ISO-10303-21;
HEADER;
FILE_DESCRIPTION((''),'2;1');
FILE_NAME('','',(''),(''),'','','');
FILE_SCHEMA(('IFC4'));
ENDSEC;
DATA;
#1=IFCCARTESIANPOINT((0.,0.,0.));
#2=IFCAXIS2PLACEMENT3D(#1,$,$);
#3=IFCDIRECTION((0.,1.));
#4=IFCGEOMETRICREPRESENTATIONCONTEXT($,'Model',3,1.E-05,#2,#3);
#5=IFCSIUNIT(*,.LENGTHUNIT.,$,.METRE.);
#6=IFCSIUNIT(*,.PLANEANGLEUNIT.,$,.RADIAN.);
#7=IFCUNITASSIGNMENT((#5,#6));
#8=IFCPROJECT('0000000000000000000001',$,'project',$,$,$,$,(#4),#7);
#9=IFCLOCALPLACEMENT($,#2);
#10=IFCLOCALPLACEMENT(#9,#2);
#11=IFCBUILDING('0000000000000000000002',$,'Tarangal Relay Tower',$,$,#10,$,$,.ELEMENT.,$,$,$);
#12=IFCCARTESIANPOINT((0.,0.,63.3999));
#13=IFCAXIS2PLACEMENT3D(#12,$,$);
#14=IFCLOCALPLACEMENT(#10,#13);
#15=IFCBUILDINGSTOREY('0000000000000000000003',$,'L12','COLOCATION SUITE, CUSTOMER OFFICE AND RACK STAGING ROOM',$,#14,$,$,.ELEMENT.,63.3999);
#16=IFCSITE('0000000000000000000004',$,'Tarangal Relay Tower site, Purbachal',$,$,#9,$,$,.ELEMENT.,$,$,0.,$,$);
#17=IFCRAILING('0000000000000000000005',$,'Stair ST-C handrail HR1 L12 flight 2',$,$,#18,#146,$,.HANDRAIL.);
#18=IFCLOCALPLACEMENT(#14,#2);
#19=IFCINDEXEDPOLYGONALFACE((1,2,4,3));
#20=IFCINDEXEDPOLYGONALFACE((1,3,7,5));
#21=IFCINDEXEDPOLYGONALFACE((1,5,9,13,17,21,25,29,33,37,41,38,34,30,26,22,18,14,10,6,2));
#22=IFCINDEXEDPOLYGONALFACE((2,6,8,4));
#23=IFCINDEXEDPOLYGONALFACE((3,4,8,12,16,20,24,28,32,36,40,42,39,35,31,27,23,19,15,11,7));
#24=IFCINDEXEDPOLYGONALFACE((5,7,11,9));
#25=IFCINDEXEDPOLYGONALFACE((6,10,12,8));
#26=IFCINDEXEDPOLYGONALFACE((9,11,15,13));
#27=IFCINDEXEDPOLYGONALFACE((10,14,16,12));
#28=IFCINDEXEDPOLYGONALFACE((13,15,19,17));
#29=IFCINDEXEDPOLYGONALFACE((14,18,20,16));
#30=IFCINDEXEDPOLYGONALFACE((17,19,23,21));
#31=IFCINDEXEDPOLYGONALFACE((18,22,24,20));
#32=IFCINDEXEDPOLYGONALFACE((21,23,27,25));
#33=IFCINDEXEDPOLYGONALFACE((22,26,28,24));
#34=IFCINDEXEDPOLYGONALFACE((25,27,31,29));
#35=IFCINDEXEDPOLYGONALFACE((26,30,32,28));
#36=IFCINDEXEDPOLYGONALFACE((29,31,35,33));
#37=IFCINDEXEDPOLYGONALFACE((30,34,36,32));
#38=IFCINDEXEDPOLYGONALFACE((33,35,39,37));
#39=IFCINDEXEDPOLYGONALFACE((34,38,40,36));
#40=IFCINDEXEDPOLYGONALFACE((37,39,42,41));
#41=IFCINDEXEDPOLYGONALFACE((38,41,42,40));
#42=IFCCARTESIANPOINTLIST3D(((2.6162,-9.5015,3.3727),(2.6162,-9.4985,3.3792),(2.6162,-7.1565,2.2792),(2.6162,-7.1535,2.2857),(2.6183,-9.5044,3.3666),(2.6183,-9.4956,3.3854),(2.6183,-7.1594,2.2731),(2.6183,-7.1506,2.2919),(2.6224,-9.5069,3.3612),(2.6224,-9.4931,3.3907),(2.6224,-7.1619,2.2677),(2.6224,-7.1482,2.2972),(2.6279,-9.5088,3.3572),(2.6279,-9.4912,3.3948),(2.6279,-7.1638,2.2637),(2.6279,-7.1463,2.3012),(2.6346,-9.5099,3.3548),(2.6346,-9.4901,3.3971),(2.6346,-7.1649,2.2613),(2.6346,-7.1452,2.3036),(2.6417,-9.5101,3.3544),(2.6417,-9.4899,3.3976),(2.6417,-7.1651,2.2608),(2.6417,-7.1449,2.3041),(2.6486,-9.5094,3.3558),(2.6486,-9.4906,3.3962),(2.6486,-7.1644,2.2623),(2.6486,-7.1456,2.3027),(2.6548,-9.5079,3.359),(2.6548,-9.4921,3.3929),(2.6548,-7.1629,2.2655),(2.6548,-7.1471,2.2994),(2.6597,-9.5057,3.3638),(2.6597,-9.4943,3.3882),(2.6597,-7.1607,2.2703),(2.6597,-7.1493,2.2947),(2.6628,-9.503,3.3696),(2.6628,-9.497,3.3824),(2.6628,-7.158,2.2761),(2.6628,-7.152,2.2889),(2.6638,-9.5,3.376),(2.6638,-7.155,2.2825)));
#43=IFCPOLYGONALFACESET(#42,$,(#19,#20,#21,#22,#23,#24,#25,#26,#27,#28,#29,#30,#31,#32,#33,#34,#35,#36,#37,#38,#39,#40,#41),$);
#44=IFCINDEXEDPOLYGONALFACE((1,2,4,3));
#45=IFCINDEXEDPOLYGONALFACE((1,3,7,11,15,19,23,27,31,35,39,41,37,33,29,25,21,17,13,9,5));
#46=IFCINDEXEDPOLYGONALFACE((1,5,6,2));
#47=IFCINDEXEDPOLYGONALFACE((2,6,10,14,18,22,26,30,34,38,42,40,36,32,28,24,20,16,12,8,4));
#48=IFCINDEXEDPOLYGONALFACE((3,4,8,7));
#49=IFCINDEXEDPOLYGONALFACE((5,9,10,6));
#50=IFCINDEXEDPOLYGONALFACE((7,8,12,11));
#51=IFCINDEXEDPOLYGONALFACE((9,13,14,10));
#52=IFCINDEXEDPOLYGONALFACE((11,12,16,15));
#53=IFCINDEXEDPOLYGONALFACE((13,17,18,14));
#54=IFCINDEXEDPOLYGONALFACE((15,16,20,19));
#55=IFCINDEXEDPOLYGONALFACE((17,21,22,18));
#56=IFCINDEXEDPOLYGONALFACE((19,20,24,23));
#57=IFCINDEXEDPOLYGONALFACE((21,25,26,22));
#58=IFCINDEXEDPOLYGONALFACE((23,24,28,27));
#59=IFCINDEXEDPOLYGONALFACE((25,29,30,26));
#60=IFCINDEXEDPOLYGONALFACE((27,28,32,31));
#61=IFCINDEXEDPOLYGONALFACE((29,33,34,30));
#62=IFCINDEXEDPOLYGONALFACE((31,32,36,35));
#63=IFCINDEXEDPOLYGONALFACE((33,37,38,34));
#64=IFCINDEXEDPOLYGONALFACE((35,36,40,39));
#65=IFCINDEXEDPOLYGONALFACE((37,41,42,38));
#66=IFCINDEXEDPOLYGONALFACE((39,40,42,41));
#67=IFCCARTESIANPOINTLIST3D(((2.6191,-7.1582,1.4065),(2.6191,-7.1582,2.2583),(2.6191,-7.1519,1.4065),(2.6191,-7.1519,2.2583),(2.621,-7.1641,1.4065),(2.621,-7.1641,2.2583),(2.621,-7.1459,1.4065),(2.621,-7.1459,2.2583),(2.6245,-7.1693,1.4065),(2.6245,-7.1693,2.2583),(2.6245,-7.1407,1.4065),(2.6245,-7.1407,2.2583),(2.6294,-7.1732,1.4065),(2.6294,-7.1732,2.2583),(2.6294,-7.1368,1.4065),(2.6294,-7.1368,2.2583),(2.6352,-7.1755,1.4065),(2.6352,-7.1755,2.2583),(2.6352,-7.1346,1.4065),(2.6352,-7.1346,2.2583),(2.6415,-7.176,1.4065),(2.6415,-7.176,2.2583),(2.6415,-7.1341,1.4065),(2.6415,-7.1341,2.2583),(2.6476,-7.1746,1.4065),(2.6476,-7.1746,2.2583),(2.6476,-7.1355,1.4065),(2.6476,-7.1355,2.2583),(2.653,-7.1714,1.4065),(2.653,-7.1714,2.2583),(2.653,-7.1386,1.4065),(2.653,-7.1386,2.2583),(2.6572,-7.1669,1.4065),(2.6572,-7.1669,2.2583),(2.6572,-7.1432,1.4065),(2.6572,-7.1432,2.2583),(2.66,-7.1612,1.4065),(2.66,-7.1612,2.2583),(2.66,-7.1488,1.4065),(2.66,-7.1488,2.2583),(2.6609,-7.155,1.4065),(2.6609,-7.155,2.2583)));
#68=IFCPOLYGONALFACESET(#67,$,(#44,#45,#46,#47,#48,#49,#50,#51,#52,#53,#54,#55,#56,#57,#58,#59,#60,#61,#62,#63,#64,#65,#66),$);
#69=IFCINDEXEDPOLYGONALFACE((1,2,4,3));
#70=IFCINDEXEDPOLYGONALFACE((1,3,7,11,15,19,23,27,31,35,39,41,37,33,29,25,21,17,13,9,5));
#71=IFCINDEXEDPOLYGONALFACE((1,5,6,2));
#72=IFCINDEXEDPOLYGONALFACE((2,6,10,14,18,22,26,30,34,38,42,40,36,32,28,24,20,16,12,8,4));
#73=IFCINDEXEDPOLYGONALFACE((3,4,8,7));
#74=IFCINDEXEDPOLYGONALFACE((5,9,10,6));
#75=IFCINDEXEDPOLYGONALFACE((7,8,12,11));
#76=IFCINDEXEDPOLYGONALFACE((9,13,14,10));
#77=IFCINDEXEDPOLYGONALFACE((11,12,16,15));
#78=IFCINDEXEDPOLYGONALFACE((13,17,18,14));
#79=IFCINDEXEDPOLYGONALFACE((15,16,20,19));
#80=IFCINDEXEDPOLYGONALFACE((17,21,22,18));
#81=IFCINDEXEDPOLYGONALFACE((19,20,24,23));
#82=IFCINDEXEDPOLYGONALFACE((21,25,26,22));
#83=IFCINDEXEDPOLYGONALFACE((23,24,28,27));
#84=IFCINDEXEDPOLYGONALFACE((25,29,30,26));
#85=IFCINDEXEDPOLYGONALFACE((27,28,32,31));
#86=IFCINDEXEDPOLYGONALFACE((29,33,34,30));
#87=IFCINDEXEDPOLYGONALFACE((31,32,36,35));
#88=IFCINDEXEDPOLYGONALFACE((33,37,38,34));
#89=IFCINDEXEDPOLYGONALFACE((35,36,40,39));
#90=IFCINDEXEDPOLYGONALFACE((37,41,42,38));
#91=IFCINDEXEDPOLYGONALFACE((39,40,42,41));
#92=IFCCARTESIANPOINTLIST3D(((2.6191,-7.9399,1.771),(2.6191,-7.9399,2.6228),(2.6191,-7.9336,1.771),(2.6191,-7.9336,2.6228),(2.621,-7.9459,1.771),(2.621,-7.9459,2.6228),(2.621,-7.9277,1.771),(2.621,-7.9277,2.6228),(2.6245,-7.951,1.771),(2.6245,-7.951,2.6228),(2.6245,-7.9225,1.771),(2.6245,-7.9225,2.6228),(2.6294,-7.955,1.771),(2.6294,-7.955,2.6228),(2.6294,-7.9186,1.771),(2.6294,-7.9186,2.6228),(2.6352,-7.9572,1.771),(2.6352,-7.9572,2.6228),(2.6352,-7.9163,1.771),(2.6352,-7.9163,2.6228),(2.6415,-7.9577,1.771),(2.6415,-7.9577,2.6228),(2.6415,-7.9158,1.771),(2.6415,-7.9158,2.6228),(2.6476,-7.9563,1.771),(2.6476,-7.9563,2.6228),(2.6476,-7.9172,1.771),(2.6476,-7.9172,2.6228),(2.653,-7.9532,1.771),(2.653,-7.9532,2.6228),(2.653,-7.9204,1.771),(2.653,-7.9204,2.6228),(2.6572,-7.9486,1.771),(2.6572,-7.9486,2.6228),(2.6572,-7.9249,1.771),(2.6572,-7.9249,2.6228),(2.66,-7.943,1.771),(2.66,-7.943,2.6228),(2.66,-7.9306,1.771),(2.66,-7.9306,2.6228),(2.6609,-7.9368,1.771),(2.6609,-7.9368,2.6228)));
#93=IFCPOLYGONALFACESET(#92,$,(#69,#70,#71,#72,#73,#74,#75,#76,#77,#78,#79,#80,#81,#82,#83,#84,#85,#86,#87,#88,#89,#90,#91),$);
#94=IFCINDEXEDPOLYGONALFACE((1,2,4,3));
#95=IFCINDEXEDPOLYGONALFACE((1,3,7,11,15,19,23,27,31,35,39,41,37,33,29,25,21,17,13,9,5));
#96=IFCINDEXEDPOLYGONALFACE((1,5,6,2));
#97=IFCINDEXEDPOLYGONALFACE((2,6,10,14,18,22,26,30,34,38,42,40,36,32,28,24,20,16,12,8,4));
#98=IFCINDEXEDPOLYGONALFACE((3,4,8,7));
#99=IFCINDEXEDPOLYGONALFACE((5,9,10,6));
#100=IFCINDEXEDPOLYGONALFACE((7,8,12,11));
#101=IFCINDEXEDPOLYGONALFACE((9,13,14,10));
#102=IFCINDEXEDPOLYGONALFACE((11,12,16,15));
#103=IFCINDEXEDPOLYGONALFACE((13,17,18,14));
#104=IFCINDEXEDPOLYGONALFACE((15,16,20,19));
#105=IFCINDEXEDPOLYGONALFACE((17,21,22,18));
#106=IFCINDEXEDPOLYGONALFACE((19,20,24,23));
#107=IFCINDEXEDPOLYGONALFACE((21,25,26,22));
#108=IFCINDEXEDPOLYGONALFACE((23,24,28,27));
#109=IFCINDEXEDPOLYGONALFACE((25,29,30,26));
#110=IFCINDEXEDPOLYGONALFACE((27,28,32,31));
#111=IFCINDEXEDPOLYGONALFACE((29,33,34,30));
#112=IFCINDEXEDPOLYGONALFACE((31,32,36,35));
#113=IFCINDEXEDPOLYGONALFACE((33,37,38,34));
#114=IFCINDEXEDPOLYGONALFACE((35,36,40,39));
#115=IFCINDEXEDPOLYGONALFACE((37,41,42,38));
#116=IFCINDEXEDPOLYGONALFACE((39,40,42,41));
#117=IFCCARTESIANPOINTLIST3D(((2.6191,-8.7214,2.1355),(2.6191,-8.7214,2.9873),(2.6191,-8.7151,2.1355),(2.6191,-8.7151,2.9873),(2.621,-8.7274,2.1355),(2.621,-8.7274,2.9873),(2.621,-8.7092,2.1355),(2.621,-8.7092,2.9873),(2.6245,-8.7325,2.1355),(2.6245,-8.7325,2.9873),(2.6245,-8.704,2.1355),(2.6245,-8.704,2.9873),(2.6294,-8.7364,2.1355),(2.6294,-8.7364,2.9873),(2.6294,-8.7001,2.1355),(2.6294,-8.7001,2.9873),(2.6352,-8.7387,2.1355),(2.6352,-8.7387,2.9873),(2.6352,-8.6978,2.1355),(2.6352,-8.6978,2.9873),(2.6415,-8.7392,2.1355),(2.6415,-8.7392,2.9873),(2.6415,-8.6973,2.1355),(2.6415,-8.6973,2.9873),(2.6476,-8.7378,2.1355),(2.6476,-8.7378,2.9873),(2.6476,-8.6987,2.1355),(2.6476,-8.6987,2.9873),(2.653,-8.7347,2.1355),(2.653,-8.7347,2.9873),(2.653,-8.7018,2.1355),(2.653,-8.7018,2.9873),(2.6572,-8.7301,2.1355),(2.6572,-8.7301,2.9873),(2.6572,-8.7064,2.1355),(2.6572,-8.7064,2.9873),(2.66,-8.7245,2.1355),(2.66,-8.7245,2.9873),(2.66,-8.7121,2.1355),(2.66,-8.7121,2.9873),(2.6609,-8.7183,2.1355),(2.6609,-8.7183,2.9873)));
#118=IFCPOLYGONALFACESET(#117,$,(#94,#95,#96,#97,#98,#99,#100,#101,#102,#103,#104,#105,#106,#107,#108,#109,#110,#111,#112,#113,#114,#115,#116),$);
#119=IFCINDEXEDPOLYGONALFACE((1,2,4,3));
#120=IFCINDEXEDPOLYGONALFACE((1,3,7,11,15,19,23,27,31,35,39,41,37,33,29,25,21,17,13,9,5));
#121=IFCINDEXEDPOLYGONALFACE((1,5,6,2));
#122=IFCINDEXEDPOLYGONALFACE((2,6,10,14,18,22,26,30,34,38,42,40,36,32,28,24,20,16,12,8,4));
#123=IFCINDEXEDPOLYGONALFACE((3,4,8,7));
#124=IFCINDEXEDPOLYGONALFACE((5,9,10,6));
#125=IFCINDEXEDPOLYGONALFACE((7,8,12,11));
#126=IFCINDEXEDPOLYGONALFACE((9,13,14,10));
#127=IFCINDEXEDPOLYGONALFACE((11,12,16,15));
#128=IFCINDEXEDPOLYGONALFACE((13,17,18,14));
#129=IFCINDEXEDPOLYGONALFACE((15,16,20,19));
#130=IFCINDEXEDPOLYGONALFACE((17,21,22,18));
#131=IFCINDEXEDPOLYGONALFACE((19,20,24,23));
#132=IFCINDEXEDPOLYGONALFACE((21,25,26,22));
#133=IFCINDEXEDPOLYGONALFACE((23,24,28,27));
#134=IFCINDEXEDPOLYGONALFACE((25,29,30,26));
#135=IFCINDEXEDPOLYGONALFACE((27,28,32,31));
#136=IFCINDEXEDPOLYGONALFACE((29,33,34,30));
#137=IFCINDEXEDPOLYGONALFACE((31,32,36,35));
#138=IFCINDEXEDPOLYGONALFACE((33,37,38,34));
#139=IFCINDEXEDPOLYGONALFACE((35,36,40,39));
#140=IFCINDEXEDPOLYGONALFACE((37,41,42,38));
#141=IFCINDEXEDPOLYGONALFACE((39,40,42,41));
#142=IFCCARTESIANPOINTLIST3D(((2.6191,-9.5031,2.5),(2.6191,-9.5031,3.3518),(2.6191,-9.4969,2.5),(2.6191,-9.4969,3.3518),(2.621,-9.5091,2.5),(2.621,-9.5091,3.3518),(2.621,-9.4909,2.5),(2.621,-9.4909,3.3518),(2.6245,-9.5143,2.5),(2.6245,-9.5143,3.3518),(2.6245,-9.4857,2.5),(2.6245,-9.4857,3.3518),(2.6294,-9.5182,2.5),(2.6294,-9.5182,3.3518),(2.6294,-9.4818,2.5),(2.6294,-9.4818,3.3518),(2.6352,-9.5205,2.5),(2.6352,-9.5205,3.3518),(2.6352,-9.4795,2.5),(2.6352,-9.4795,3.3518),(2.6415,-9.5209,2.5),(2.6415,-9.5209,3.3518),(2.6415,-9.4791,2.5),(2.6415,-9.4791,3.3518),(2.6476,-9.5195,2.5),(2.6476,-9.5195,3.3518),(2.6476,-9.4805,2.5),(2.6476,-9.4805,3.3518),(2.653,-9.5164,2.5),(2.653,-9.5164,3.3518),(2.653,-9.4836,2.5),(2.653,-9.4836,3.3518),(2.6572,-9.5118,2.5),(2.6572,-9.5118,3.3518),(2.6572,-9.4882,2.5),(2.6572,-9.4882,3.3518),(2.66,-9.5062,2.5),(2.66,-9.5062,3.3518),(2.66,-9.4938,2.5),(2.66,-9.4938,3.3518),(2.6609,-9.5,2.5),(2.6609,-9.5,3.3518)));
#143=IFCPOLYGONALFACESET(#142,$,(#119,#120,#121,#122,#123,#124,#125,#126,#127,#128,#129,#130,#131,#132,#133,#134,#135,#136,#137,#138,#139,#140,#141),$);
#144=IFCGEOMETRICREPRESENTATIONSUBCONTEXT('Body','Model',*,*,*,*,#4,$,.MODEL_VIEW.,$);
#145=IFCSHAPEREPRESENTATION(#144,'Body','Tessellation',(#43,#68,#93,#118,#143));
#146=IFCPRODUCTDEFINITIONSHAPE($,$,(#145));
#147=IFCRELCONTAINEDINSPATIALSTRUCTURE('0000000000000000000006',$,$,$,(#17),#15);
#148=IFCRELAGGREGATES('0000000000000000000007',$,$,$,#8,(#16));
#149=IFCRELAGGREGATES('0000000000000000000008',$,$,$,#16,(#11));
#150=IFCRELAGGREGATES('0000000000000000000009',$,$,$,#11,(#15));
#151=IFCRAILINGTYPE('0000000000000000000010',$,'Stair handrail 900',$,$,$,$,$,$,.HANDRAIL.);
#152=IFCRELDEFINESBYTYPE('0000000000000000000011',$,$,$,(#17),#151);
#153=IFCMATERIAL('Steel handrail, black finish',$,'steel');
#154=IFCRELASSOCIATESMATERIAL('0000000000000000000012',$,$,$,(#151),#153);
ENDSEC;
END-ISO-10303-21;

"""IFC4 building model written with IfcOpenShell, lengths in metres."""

from ifc_helpers import new_model, si_unit, direction, frame, origin, origin_2d, place, context, subcontext, project, spatial, circle, extrude, material, type_object, element, save


model = new_model("IFC4")

# Units and contexts
model_context = context("Model", 3, precision=1e-05, world=origin(), true_north=direction((0.0, 1.0)))
body_context = subcontext(model_context, "Body", "Model", "MODEL_VIEW")
ifc_project = project(units=[si_unit("LENGTHUNIT", "METRE"), si_unit("PLANEANGLEUNIT", "RADIAN")], contexts=[model_context])

# Site, building, storey
site_placement = place(None, origin())
site = spatial("IfcSite", under=ifc_project, at=site_placement, Name="Tarangal Relay Tower site, Purbachal", CompositionType="ELEMENT", RefElevation=0.0)
building_placement = place(site_placement, origin())
building = spatial("IfcBuilding", under=site, at=building_placement, Name="Tarangal Relay Tower", CompositionType="ELEMENT")
storey_placement = place(building_placement, frame((0.0, 0.0, 63.3999)))
storey = spatial("IfcBuildingStorey", under=building, at=storey_placement, Name="L12", Description="COLOCATION SUITE, CUSTOMER OFFICE AND RACK STAGING ROOM", CompositionType="ELEMENT", Elevation=63.3999)

# Railing
ifc_material_1 = material(Name="Steel handrail, black finish", Category="steel")
railing_type_1 = type_object("IfcRailingType", Name="Stair handrail 900", PredefinedType="HANDRAIL", material=ifc_material_1)
for number, where, name in (
    (1, (2.6399, -7.155, 1.4065), "Stair ST-C handrail HR1 L12 flight 2"),
):
    element("IfcRailing", number, at=place(storey_placement, frame(where)), inside=storey, type_object=railing_type_1, Name=name, PredefinedType="HANDRAIL", context=body_context, shape_type="SweptSolid", body=[
        extrude(circle(Radius=0.0239, at=origin_2d()), frame((0.0, 0.0, 0.876), z_axis=(0.0, -0.906304, 0.422627), x_axis=(1.0, 0.0, 0.0)), (0.0, 0.0, 1.0), 2.5874),
        extrude(circle(Radius=0.021, at=origin_2d()), origin(), (0.0, 0.0, 1.0), 0.8518),
        extrude(circle(Radius=0.021, at=origin_2d()), frame((0.0, -0.7817, 0.3645)), (0.0, 0.0, 1.0), 0.8518),
        extrude(circle(Radius=0.021, at=origin_2d()), frame((0.0, -1.5632, 0.729)), (0.0, 0.0, 1.0), 0.8518),
        extrude(circle(Radius=0.021, at=origin_2d()), frame((0.0, -2.345, 1.0935)), (0.0, 0.0, 1.0), 0.8518),
    ])

save(model, "model.ifc")
